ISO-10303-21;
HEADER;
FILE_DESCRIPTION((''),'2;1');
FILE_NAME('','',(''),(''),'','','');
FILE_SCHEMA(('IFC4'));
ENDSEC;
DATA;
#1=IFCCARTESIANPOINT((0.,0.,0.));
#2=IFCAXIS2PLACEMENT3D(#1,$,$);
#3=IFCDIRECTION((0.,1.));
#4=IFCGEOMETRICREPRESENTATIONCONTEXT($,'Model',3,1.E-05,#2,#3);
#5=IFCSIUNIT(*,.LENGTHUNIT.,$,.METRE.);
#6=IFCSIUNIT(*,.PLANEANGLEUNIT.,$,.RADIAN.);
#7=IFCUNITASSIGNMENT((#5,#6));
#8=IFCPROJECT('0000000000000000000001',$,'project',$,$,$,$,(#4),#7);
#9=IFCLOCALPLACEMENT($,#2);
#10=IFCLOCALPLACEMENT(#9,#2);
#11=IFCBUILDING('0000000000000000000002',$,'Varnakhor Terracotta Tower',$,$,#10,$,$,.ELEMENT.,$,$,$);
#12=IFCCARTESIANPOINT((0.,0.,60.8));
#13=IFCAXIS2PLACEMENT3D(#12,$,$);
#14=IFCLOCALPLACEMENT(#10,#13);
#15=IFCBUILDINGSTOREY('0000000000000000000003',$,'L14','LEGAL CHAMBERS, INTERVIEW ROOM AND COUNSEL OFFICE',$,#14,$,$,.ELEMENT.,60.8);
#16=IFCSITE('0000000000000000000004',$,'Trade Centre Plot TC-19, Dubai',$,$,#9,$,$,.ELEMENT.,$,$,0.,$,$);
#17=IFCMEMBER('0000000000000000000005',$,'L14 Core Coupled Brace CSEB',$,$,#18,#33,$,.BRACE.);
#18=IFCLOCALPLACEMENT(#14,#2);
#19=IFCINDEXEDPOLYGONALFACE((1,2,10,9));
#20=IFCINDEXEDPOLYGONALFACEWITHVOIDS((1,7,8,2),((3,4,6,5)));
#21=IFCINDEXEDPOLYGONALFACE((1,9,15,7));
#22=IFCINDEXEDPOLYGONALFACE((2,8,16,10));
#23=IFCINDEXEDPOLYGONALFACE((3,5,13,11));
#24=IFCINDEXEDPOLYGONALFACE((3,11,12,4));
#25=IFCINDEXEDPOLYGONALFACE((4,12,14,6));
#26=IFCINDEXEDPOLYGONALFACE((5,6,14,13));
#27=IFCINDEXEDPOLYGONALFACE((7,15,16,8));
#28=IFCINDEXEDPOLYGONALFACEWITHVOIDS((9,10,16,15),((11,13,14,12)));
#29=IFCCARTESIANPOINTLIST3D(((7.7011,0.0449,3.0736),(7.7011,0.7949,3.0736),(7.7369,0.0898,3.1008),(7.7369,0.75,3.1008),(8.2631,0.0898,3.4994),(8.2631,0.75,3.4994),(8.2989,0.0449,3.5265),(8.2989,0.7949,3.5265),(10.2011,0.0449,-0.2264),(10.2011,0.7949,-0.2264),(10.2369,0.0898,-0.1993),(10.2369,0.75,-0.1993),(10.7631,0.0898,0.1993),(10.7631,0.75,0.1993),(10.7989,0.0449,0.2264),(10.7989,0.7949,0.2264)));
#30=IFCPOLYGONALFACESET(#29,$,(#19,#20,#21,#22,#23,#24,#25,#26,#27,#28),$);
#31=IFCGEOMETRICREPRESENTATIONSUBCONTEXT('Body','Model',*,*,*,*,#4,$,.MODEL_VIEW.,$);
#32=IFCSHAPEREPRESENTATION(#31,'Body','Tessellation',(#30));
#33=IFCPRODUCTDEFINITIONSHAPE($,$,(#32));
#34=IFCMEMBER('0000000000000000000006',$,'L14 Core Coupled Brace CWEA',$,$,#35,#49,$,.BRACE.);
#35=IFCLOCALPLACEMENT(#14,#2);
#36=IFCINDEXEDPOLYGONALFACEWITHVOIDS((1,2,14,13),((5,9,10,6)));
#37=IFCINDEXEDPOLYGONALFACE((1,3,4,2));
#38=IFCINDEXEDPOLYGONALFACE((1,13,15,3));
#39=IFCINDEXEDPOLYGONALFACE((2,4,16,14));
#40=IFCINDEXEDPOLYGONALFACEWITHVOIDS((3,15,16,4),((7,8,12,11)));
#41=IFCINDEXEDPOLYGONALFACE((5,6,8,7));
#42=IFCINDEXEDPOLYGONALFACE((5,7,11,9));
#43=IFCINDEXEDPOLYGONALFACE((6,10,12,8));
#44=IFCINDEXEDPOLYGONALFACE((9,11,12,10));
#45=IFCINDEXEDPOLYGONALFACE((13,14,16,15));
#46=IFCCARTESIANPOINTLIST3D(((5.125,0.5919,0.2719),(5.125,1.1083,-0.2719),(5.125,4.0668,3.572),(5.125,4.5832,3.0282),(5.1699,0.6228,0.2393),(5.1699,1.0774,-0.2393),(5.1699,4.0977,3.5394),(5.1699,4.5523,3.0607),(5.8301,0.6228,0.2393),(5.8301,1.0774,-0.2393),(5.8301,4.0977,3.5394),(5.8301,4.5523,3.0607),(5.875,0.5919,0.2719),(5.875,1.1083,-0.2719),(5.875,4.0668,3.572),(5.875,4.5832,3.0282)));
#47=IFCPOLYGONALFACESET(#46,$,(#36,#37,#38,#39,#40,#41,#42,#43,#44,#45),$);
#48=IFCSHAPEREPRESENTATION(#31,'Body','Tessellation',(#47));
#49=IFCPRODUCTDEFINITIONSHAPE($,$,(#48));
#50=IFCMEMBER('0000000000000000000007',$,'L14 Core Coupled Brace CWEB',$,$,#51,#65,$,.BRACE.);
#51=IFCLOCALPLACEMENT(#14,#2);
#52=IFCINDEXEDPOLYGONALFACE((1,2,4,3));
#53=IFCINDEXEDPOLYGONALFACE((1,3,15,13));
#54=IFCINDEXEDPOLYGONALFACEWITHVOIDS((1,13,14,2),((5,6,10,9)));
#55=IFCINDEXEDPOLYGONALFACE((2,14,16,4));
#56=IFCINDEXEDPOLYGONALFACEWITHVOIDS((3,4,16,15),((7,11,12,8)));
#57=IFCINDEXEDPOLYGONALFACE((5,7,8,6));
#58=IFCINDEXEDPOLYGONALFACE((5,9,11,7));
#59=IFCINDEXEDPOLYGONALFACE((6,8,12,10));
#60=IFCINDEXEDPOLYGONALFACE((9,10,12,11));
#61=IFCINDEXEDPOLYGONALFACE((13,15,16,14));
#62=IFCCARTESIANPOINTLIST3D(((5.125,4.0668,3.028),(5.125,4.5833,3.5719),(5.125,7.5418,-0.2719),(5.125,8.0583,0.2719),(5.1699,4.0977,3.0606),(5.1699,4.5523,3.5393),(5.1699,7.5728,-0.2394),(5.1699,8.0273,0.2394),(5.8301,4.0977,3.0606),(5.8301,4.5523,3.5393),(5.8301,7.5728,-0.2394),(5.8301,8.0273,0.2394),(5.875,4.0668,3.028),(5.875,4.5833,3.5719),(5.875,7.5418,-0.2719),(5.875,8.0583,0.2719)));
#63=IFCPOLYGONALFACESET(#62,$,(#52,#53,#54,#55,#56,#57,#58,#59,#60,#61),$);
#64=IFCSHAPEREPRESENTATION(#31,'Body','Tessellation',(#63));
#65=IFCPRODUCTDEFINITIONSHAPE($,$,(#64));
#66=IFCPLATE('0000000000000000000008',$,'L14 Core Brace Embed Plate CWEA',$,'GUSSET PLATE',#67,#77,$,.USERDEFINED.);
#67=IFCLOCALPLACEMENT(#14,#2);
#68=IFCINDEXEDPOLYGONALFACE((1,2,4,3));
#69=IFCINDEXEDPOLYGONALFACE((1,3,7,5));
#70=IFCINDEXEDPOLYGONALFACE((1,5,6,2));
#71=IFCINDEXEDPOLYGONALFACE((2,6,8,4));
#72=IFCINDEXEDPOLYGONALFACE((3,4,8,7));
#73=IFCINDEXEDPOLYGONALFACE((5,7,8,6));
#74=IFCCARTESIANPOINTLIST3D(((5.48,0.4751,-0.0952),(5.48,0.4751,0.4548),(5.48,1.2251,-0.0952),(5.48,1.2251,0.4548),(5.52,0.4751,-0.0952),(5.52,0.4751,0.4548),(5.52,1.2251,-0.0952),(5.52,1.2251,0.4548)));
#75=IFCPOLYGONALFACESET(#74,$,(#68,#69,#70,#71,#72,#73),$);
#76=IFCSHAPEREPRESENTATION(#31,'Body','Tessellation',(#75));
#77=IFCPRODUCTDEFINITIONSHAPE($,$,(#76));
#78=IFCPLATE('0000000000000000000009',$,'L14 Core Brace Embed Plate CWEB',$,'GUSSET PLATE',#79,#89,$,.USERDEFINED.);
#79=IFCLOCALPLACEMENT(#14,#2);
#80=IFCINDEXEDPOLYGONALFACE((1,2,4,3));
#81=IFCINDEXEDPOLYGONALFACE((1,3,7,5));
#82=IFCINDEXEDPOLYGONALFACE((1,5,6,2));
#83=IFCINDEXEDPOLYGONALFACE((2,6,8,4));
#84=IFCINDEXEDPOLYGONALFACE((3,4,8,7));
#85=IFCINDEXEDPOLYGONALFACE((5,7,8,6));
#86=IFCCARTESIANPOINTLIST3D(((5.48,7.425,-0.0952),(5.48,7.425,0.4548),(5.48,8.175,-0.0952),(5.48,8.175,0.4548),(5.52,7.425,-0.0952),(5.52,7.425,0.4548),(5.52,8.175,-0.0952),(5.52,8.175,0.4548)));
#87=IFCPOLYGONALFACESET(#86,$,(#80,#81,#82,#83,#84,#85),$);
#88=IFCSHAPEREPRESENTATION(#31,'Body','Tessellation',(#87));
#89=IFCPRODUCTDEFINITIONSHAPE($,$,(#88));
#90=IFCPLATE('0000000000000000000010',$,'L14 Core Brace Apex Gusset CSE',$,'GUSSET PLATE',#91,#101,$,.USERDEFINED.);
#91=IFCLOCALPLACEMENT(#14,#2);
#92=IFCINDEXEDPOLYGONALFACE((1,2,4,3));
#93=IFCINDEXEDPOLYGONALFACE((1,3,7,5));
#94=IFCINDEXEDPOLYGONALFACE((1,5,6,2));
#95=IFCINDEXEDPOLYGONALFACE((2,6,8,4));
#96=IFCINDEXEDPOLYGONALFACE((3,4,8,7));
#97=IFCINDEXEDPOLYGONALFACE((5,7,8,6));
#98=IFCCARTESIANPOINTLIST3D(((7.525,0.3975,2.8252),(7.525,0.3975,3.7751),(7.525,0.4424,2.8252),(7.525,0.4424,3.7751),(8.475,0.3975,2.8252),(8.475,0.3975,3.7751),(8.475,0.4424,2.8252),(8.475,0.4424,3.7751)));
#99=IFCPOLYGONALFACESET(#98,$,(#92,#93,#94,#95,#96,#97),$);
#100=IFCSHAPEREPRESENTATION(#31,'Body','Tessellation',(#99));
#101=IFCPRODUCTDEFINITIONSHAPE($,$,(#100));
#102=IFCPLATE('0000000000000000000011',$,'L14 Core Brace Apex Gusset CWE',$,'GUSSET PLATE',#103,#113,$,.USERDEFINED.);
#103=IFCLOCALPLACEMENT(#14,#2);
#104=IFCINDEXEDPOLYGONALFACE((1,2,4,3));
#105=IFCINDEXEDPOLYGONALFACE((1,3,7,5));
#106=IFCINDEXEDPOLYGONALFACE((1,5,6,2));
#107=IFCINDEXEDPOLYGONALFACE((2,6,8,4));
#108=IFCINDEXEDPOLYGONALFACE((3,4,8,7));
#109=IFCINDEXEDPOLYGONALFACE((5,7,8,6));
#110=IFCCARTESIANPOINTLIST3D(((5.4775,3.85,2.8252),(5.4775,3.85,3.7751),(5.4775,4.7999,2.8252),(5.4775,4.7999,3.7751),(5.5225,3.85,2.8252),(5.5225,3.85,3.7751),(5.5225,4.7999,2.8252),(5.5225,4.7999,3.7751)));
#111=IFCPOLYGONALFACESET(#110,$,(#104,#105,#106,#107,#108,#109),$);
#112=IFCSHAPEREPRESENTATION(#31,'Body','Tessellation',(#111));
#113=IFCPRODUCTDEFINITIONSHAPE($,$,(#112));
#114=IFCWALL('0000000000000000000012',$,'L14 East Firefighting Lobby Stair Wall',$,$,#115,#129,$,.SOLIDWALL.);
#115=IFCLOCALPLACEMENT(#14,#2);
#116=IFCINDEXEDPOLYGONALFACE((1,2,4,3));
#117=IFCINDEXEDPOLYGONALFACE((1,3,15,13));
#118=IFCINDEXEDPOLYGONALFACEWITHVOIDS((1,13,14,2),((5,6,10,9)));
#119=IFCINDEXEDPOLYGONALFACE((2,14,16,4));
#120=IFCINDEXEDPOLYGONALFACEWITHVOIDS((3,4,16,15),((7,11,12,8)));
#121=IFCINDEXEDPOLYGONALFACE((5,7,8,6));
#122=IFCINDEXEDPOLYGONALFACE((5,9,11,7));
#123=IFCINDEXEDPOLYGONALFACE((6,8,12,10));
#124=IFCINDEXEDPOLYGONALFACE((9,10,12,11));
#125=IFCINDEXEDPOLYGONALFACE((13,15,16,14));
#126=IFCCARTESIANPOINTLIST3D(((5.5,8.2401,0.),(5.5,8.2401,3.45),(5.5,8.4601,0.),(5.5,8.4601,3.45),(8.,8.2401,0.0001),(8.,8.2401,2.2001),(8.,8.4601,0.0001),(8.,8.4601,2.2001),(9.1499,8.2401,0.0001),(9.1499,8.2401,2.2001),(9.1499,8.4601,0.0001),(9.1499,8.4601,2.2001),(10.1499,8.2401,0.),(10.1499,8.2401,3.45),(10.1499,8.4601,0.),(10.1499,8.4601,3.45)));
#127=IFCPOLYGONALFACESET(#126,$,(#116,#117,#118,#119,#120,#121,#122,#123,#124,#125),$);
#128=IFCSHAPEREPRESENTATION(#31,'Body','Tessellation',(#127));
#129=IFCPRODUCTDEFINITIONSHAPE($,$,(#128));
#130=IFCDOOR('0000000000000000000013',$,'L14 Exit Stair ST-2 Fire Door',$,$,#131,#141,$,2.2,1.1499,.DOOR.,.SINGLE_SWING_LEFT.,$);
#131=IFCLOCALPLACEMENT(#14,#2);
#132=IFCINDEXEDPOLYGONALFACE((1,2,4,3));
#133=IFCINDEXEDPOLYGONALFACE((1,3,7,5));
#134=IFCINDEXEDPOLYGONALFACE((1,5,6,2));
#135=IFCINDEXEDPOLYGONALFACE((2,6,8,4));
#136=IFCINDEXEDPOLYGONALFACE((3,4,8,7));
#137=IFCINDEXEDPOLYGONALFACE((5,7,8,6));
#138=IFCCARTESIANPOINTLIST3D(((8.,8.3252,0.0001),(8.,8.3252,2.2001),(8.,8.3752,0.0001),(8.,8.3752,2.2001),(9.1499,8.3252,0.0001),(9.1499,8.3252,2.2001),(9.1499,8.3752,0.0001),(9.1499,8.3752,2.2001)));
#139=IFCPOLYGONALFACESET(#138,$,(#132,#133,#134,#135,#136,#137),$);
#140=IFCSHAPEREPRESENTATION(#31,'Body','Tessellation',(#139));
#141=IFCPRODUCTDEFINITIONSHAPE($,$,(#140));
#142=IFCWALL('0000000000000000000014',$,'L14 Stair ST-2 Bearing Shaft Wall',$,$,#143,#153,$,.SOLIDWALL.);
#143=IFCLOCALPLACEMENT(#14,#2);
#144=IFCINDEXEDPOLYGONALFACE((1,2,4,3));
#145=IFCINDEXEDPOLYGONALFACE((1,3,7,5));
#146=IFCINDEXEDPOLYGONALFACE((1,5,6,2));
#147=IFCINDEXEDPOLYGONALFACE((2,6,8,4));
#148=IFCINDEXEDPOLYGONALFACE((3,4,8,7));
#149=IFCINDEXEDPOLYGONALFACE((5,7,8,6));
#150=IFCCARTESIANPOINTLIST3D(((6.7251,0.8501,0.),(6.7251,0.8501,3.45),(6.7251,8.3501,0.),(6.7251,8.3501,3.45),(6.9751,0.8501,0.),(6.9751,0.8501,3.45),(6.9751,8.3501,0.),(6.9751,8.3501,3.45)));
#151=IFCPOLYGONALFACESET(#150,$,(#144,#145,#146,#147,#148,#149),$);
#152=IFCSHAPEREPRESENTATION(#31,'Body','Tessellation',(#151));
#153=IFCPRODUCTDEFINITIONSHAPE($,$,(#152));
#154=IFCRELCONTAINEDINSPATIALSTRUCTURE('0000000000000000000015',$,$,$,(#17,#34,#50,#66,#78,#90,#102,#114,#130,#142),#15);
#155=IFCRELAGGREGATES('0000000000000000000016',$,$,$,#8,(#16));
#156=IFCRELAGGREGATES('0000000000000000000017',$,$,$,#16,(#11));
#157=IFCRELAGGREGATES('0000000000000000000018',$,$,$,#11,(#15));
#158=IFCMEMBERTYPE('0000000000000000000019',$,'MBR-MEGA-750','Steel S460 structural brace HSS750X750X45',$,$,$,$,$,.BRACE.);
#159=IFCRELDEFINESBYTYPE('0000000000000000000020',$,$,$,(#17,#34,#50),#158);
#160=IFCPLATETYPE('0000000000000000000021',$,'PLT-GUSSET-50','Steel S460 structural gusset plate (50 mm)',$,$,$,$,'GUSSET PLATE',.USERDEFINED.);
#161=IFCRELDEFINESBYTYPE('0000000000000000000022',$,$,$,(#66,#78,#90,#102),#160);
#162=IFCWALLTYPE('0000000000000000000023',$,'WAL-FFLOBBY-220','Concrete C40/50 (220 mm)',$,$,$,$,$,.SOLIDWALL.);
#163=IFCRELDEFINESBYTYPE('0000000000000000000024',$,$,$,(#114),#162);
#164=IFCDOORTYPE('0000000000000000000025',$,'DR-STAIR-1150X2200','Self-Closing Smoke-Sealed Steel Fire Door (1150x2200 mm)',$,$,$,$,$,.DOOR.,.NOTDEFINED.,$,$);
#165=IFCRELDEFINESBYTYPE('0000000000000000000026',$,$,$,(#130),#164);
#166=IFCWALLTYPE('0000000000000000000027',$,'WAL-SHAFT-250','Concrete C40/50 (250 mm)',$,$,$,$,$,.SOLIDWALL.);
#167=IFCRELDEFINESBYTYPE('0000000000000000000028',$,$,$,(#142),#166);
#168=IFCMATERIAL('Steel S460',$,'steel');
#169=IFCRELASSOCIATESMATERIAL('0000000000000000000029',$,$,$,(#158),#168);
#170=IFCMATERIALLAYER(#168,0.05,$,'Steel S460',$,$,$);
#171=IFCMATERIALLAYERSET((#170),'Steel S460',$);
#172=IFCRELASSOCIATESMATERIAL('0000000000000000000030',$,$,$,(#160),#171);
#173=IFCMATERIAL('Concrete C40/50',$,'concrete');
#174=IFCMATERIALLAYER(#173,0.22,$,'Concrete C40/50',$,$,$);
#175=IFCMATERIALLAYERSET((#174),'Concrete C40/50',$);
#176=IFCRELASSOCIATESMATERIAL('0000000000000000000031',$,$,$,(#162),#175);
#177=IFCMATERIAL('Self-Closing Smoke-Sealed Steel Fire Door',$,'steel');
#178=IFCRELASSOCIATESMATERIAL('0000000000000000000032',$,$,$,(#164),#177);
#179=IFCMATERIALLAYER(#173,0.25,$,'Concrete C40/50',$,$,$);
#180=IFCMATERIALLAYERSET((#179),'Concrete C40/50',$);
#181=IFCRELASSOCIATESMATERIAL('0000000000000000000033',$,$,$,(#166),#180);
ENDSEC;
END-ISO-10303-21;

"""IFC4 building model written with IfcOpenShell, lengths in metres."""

from ifc_helpers import new_model, si_unit, direction, frame, frame_2d, origin, origin_2d, place, context, subcontext, project, spatial, rectangle, hollow_rectangle, extrude, source, transform, mapped, material, layer, layer_set, material_profile, profile_set, type_object, type_shapes, element, fill, save


model = new_model("IFC4")

# Units and contexts
model_context = context("Model", 3, precision=1e-05, world=origin(), true_north=direction((0.0, 1.0)))
body_context = subcontext(model_context, "Body", "Model", "MODEL_VIEW")
ifc_project = project(units=[si_unit("LENGTHUNIT", "METRE"), si_unit("PLANEANGLEUNIT", "RADIAN")], contexts=[model_context])

# Site, building, storey
site_placement = place(None, origin())
site = spatial("IfcSite", under=ifc_project, at=site_placement, Name="Trade Centre Plot TC-19, Dubai", CompositionType="ELEMENT", RefElevation=0.0)
building_placement = place(site_placement, origin())
building = spatial("IfcBuilding", under=site, at=building_placement, Name="Varnakhor Terracotta Tower", CompositionType="ELEMENT")
storey_placement = place(building_placement, frame((0.0, 0.0, 60.8)))
storey = spatial("IfcBuildingStorey", under=building, at=storey_placement, Name="L14", Description="LEGAL CHAMBERS, INTERVIEW ROOM AND COUNSEL OFFICE", CompositionType="ELEMENT", Elevation=60.8)

# Members
ifc_material_1 = material(Name="Steel S460", Category="steel")
ifc_material_profile = material_profile(ifc_material_1, hollow_rectangle(XDim=0.75, YDim=0.75, WallThickness=0.0449, at=origin_2d()), Name="HSS750X750X45")
ifc_profile_set = profile_set([ifc_material_profile], Name="Steel S460")
member_type = type_object("IfcMemberType", Name="MBR-MEGA-750", Description="Steel S460 structural brace HSS750X750X45", PredefinedType="BRACE", material=ifc_profile_set)
shared_shape_1 = source(origin(), body_context, "Body", "SweptSolid", [
    extrude(hollow_rectangle(XDim=0.75, YDim=0.75, WallThickness=0.0449, at=origin_2d()), origin(), (0.0, 0.0, 1.0), 4.1401),
])
type_shapes(member_type, [shared_shape_1])
member_placement = place(storey_placement, frame((10.5, 0.4199, 0.0), z_axis=(-0.603852, 0.0, 0.797096), x_axis=(0.0, -1.0, 0.0)))
element("IfcMember", 1, at=member_placement, inside=storey, type_object=member_type, Name="L14 Core Coupled Brace CSEB", PredefinedType="BRACE", context=body_context, shape_type="MappedRepresentation", body=[
    mapped(shared_shape_1, transform((0.0, 0.0, 0.0), scale=1.0)),
])
shared_shape_2 = source(origin(), body_context, "Body", "SweptSolid", [
    extrude(hollow_rectangle(XDim=0.75, YDim=0.75, WallThickness=0.0449, at=origin_2d()), origin(), (0.0, 0.0, 1.0), 4.7922),
])
for number, where, z_axis, x_axis, name in (
    (2, (5.5, 0.8501, 0.0), (0.0, 0.72511, 0.688633), (-1.0, 0.0, 0.0), "L14 Core Coupled Brace CWEA"),
    (3, (5.5, 7.8, 0.0), (0.0, -0.725134, 0.688608), (1.0, 0.0, 0.0), "L14 Core Coupled Brace CWEB"),
):
    element("IfcMember", number, at=place(storey_placement, frame(where, z_axis=z_axis, x_axis=x_axis)), inside=storey, type_object=member_type, Name=name, PredefinedType="BRACE", context=body_context, shape_type="MappedRepresentation", body=[
        mapped(shared_shape_2, transform((0.0, 0.0, 0.0), scale=1.0)),
    ])

# Plates
ifc_layer_1 = layer(ifc_material_1, 0.05, Name="Steel S460")
ifc_layer_set_1 = layer_set([ifc_layer_1], Name="Steel S460")
plate_type = type_object("IfcPlateType", Name="PLT-GUSSET-50", Description="Steel S460 structural gusset plate (50 mm)", ElementType="GUSSET PLATE", PredefinedType="USERDEFINED", material=ifc_layer_set_1)
shared_shape_3 = source(origin(), body_context, "Body", "SweptSolid", [
    extrude(rectangle(XDim=0.75, YDim=0.04, at=origin_2d()), origin(), (0.0, 0.0, 1.0), 0.55),
])
type_shapes(plate_type, [shared_shape_3])
for number, where, z_axis, x_axis, name in (
    (4, (5.5, 0.8501, -0.0952), (0.0, 0.0, 1.0), (0.0, 1.0, 0.0), "L14 Core Brace Embed Plate CWEA"),
    (5, (5.5, 7.8, -0.0952), (0.0, 0.0, 1.0), (0.0, 1.0, 0.0), "L14 Core Brace Embed Plate CWEB"),
):
    element("IfcPlate", number, at=place(storey_placement, frame(where, z_axis=z_axis, x_axis=x_axis)), inside=storey, type_object=plate_type, Name=name, ObjectType="GUSSET PLATE", PredefinedType="USERDEFINED", context=body_context, shape_type="MappedRepresentation", body=[
        mapped(shared_shape_3, transform((0.0, 0.0, 0.0), scale=1.0)),
    ])
shared_shape_4 = source(origin(), body_context, "Body", "SweptSolid", [
    extrude(rectangle(XDim=0.95, YDim=0.0449, at=origin_2d()), origin(), (0.0, 0.0, 1.0), 0.95),
])
for number, where, z_axis, x_axis, name in (
    (6, (8.0, 0.4199, 2.8252), (0.0, 0.0, 1.0), (1.0, 0.0, 0.0), "L14 Core Brace Apex Gusset CSE"),
    (7, (5.5, 4.325, 2.8252), (0.0, 0.0, 1.0), (0.0, 1.0, 0.0), "L14 Core Brace Apex Gusset CWE"),
):
    element("IfcPlate", number, at=place(storey_placement, frame(where, z_axis=z_axis, x_axis=x_axis)), inside=storey, type_object=plate_type, Name=name, ObjectType="GUSSET PLATE", PredefinedType="USERDEFINED", context=body_context, shape_type="MappedRepresentation", body=[
        mapped(shared_shape_4, transform((0.0, 0.0, 0.0), scale=1.0)),
    ])

# Wall, opening, door
ifc_material_2 = material(Name="Concrete C40/50", Category="concrete")
ifc_layer_2 = layer(ifc_material_2, 0.22, Name="Concrete C40/50")
ifc_layer_set_2 = layer_set([ifc_layer_2], Name="Concrete C40/50")
wall_type_1 = type_object("IfcWallType", Name="WAL-FFLOBBY-220", Description="Concrete C40/50 (220 mm)", PredefinedType="SOLIDWALL", material=ifc_layer_set_2)
wall_1_placement = place(storey_placement, frame((10.1499, 8.3501, 0.0), z_axis=(0.0, 0.0, 1.0), x_axis=(-1.0, 0.0, 0.0)))
wall_1 = element("IfcWall", 8, at=wall_1_placement, inside=storey, type_object=wall_type_1, Name="L14 East Firefighting Lobby Stair Wall", PredefinedType="SOLIDWALL", context=body_context, shape_type="SweptSolid", body=[
    extrude(rectangle(XDim=4.6499, YDim=0.22, at=frame_2d((2.325, 0.0))), origin(), (0.0, 0.0, 1.0), 3.45),
])
opening_placement = place(wall_1_placement, frame((1.0, 0.0, 0.0)))
opening = element("IfcOpeningElement", 9, at=opening_placement, cuts=wall_1, PredefinedType="OPENING", context=body_context, shape_type="SweptSolid", body=[
    extrude(rectangle(XDim=1.1499, YDim=2.2, at=frame_2d((0.575, 1.1001))), frame((0.0, 0.1201, 0.0), z_axis=(0.0, -1.0, 0.0), x_axis=(1.0, 0.0, 0.0)), (0.0, 0.0, 1.0), 0.24),
])
ifc_material_3 = material(Name="Self-Closing Smoke-Sealed Steel Fire Door", Category="steel")
door_type = type_object("IfcDoorType", Name="DR-STAIR-1150X2200", Description="Self-Closing Smoke-Sealed Steel Fire Door (1150x2200 mm)", OperationType="NOTDEFINED", PredefinedType="DOOR", material=ifc_material_3)
shared_shape_5 = source(origin(), body_context, "Body", "SweptSolid", [
    extrude(rectangle(XDim=1.1499, YDim=2.2, at=frame_2d((0.575, 1.1001))), frame((0.0, 0.0249, 0.0), z_axis=(0.0, -1.0, 0.0), x_axis=(1.0, 0.0, 0.0)), (0.0, 0.0, 1.0), 0.05),
])
type_shapes(door_type, [shared_shape_5])
door_placement = place(opening_placement, origin())
door = element("IfcDoor", 10, at=door_placement, inside=storey, type_object=door_type, Name="L14 Exit Stair ST-2 Fire Door", OperationType="SINGLE_SWING_LEFT", OverallHeight=2.2, OverallWidth=1.1499, PredefinedType="DOOR", context=body_context, shape_type="MappedRepresentation", body=[
    mapped(shared_shape_5, transform((0.0, 0.0, 0.0), scale=1.0)),
])
fill(opening, door)

# Wall
ifc_layer_3 = layer(ifc_material_2, 0.25, Name="Concrete C40/50")
ifc_layer_set_3 = layer_set([ifc_layer_3], Name="Concrete C40/50")
wall_type_2 = type_object("IfcWallType", Name="WAL-SHAFT-250", Description="Concrete C40/50 (250 mm)", PredefinedType="SOLIDWALL", material=ifc_layer_set_3)
wall_2_placement = place(storey_placement, frame((6.8501, 0.8501, 0.0), z_axis=(0.0, 0.0, 1.0), x_axis=(0.0, 1.0, 0.0)))
element("IfcWall", 11, at=wall_2_placement, inside=storey, type_object=wall_type_2, Name="L14 Stair ST-2 Bearing Shaft Wall", PredefinedType="SOLIDWALL", context=body_context, shape_type="SweptSolid", body=[
    extrude(rectangle(XDim=7.5, YDim=0.25, at=frame_2d((3.75, 0.0))), origin(), (0.0, 0.0, 1.0), 3.45),
])

save(model, "model.ifc")
